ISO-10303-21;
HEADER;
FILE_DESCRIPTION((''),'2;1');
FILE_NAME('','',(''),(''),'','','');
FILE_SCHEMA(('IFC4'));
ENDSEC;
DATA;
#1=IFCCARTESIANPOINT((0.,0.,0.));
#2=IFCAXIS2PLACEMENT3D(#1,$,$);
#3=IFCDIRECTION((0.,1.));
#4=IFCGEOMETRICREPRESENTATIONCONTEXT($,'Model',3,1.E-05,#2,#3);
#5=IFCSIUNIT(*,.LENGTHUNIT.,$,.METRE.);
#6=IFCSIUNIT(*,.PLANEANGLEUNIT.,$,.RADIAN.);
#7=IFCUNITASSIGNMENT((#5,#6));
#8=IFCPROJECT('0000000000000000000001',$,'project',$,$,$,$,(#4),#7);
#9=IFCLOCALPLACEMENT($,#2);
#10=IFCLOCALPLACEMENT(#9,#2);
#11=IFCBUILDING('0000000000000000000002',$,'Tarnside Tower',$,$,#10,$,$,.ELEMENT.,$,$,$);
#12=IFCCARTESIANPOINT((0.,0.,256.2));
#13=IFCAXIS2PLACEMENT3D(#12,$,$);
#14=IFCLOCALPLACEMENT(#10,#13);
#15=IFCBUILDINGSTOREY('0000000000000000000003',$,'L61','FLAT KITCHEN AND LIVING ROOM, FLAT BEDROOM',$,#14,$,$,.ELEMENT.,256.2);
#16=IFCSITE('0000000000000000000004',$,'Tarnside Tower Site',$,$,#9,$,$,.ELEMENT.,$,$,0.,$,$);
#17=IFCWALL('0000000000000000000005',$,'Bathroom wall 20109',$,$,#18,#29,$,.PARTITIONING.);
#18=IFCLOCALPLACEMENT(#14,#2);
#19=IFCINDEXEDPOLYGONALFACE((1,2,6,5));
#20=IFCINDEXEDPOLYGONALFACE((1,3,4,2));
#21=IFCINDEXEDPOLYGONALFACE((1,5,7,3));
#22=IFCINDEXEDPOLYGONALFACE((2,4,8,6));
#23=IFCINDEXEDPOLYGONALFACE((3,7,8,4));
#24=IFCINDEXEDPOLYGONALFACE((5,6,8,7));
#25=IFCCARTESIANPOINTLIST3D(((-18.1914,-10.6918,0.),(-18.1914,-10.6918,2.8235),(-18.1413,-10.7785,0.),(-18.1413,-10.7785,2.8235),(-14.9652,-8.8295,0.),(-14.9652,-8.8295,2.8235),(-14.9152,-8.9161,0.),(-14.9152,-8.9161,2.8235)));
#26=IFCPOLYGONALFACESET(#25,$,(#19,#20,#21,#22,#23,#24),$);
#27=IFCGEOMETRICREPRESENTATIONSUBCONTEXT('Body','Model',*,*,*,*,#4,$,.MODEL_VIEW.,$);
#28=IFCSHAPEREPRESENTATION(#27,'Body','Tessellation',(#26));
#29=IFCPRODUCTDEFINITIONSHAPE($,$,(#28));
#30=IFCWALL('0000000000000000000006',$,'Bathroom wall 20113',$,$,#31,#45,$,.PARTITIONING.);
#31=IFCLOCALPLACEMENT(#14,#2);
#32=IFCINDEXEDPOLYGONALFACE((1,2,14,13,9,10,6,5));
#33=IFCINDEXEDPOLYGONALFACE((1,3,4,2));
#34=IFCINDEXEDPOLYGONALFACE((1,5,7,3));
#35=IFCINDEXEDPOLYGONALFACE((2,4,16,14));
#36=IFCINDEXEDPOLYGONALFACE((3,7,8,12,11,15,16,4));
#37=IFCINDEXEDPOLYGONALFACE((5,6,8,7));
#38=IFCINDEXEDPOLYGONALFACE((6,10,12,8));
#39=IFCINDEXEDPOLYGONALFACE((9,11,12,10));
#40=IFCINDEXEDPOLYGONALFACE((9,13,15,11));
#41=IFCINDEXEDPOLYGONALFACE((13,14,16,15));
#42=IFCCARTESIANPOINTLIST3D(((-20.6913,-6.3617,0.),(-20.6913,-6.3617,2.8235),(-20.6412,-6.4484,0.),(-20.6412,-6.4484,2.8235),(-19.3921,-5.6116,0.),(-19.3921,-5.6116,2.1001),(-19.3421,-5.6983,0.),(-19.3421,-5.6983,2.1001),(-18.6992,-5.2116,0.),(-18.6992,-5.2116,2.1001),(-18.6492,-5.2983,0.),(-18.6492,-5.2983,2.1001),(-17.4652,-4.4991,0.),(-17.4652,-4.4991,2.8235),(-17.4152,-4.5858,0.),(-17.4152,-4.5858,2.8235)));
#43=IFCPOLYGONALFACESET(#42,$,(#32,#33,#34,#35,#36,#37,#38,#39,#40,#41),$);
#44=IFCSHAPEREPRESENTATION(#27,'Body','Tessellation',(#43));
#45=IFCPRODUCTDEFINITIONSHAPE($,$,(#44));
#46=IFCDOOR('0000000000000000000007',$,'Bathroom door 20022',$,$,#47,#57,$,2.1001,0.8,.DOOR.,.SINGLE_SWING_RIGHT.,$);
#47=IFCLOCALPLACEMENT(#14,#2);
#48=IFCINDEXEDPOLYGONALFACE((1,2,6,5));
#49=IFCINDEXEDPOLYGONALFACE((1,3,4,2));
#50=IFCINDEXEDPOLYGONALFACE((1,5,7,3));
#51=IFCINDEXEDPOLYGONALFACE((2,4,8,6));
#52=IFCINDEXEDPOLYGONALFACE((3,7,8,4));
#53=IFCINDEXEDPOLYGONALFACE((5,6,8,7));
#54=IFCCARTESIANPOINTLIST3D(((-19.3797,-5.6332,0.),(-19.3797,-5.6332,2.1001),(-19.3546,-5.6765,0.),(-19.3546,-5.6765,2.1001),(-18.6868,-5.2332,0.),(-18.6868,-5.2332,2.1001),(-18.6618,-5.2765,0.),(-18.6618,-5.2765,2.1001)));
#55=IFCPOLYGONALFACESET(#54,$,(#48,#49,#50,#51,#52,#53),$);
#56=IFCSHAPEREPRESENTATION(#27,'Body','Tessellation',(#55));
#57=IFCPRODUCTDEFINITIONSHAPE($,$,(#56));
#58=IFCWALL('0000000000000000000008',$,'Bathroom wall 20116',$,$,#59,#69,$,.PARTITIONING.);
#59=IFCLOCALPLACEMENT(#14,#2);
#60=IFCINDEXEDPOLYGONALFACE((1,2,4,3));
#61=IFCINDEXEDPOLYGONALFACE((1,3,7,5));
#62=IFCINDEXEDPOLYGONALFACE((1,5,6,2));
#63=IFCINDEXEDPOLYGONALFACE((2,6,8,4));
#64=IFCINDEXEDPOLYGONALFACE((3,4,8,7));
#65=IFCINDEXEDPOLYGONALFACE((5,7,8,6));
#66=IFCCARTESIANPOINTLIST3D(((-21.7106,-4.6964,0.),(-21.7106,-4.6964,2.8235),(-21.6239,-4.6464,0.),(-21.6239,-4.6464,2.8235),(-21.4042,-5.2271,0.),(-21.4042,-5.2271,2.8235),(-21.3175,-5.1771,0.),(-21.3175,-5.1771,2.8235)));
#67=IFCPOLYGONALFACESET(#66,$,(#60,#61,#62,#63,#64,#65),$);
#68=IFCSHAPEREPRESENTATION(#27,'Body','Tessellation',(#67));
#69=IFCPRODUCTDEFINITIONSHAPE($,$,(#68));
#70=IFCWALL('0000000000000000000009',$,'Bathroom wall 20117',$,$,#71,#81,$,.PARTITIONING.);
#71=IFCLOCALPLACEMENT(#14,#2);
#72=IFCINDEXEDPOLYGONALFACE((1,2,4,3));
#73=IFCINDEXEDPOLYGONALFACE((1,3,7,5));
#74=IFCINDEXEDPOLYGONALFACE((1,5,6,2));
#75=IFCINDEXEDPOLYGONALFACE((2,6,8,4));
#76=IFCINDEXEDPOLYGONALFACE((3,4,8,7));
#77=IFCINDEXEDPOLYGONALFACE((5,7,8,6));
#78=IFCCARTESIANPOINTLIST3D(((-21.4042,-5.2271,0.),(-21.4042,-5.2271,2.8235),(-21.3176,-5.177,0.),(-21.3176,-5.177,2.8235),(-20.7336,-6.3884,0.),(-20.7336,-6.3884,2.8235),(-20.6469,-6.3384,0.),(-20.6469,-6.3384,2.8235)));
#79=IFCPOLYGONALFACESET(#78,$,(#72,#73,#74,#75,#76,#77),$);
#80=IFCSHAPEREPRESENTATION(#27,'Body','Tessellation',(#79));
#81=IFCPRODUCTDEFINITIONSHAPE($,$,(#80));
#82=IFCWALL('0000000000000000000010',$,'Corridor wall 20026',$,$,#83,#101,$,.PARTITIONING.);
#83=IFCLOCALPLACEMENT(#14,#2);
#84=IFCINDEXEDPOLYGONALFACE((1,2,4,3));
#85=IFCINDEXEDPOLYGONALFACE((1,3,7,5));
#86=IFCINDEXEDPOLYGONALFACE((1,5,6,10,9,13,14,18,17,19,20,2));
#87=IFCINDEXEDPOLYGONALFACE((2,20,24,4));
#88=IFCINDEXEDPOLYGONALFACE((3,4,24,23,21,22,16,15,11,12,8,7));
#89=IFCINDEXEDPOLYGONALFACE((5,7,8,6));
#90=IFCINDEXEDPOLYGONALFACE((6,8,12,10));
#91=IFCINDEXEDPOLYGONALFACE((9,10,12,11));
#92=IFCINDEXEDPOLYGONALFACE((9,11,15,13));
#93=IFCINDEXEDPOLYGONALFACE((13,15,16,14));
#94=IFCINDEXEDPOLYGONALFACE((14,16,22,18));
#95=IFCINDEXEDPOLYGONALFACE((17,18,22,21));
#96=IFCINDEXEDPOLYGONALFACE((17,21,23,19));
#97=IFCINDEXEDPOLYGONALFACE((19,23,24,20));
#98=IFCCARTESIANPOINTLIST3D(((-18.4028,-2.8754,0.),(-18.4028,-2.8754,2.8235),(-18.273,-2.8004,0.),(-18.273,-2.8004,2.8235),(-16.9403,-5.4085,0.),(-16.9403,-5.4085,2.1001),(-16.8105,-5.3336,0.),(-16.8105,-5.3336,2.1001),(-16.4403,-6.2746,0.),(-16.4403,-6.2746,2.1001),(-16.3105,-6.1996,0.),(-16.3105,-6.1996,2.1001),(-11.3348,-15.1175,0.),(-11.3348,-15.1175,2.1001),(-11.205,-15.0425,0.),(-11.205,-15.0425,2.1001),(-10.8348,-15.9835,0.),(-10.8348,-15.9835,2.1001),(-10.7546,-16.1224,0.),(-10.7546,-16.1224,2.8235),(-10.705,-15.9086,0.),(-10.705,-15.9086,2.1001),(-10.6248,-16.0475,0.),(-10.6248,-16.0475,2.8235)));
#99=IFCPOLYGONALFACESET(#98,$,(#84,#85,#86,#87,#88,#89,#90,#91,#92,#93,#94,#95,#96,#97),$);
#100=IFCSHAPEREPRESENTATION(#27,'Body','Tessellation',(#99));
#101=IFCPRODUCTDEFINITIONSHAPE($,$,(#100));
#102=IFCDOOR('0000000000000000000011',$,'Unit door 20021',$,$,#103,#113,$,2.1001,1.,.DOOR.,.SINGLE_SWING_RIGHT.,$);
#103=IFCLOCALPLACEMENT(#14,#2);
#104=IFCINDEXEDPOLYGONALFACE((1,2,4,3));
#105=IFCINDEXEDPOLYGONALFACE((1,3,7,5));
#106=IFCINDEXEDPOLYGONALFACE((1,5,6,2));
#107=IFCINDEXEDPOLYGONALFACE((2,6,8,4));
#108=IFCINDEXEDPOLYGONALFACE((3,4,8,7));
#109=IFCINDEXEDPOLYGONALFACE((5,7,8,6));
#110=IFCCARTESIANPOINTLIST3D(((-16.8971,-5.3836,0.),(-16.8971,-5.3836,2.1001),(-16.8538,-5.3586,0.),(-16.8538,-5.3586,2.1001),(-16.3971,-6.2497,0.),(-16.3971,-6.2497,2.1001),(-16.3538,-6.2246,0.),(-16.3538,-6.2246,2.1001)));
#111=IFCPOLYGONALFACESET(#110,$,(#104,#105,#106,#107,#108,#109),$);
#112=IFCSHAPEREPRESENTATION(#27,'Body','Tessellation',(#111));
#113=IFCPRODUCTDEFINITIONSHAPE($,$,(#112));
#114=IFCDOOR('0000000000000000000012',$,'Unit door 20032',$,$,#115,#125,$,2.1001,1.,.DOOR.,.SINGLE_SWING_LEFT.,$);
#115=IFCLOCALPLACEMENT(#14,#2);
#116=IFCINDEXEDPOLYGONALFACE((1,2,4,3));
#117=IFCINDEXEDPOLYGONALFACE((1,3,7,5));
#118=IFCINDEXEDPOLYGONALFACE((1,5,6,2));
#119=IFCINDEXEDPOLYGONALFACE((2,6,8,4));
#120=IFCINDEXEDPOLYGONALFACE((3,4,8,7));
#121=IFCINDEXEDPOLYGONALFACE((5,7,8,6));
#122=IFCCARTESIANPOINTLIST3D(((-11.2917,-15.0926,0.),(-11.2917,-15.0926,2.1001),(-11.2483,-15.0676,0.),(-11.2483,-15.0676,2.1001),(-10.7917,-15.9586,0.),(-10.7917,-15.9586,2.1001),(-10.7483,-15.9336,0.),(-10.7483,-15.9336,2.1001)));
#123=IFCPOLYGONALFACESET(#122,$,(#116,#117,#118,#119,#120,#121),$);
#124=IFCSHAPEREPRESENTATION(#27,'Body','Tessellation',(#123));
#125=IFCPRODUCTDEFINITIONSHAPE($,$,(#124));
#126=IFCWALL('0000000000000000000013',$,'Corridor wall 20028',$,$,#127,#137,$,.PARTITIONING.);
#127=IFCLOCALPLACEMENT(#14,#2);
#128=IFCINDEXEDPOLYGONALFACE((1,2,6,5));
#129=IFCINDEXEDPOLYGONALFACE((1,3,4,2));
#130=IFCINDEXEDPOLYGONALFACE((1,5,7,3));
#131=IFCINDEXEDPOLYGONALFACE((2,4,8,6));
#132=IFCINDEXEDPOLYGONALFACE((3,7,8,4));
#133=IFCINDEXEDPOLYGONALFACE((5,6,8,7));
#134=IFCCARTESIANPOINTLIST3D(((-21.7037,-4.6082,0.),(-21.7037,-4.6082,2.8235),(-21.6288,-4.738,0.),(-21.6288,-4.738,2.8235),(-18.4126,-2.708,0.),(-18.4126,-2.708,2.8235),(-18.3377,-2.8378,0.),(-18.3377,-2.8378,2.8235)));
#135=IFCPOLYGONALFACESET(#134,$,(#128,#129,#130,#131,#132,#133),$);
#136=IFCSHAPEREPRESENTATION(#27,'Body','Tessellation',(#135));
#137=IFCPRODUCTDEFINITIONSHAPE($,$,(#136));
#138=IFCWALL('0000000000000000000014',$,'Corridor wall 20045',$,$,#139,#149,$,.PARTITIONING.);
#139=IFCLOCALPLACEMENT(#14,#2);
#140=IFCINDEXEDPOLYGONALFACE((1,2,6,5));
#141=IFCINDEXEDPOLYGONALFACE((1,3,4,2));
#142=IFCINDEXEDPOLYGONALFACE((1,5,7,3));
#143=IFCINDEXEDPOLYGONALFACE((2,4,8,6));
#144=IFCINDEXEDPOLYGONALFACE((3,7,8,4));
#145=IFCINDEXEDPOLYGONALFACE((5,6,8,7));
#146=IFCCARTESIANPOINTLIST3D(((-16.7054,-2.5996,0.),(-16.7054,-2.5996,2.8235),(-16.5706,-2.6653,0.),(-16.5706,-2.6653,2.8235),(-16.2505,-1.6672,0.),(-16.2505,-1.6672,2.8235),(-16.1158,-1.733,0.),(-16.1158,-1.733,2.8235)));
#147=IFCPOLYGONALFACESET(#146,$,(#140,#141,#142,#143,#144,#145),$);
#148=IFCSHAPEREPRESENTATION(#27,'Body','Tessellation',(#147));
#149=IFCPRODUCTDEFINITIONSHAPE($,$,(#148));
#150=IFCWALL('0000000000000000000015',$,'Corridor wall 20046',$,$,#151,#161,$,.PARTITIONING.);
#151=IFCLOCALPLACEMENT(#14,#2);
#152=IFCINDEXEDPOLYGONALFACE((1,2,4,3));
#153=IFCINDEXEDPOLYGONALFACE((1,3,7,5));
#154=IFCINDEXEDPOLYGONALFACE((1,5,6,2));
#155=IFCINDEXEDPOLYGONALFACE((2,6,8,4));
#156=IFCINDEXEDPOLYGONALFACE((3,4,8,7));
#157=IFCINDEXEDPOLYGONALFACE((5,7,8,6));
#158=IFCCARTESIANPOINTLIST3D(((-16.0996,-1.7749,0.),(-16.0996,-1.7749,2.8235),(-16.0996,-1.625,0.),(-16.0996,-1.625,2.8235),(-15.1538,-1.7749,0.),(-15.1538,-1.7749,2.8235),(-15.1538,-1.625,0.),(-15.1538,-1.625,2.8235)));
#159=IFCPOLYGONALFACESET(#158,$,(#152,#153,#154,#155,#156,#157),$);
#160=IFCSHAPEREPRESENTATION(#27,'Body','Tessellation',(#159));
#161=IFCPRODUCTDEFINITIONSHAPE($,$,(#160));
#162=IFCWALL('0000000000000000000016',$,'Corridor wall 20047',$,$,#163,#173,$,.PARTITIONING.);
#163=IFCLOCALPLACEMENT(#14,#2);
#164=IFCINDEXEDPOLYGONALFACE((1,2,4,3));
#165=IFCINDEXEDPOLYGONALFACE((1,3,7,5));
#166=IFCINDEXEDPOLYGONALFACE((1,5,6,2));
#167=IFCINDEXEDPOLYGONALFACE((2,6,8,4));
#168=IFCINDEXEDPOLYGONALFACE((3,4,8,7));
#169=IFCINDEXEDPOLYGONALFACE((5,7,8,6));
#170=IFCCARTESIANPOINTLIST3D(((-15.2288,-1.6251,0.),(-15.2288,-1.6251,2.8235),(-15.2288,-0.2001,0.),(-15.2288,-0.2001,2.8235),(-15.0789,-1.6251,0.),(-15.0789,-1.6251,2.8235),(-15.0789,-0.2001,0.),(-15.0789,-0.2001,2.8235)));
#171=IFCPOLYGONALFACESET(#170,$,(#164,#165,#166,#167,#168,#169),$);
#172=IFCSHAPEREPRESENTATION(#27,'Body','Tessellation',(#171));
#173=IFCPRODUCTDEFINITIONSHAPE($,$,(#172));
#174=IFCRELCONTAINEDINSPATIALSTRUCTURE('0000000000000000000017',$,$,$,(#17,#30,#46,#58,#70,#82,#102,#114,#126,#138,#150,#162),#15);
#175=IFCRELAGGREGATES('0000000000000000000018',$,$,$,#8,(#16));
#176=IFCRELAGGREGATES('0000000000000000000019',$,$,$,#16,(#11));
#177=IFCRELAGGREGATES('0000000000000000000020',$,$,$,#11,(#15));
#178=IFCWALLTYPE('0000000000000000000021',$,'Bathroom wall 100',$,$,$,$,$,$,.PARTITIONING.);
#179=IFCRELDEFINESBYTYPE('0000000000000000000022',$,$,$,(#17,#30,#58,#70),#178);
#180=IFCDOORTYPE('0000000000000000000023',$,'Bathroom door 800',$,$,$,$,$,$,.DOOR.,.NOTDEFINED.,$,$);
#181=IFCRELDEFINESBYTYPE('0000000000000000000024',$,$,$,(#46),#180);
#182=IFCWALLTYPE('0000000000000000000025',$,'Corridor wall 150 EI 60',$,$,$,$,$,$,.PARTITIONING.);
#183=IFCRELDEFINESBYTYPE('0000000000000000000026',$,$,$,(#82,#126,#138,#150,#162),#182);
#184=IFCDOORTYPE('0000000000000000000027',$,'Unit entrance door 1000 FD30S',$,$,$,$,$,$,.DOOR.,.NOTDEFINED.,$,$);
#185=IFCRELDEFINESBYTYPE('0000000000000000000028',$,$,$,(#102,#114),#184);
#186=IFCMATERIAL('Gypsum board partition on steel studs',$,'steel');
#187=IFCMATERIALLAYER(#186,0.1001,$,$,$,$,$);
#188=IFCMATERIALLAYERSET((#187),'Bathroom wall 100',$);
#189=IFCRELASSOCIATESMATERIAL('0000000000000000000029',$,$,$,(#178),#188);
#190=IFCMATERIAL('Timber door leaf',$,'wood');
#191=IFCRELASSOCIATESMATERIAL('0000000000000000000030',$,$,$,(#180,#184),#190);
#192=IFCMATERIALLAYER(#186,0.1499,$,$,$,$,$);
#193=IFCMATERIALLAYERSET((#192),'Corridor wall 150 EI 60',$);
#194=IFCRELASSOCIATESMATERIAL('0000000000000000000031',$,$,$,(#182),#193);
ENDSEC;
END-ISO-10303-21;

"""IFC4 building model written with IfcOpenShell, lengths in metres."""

from ifc_helpers import new_model, si_unit, direction, frame, frame_2d, origin, place, context, subcontext, project, spatial, rectangle, extrude, material, layer, layer_set, type_object, element, fill, save


model = new_model("IFC4")

# Units and contexts
model_context = context("Model", 3, precision=1e-05, world=origin(), true_north=direction((0.0, 1.0)))
body_context = subcontext(model_context, "Body", "Model", "MODEL_VIEW")
ifc_project = project(units=[si_unit("LENGTHUNIT", "METRE"), si_unit("PLANEANGLEUNIT", "RADIAN")], contexts=[model_context])

# Site, building, storey
site_placement = place(None, origin())
site = spatial("IfcSite", under=ifc_project, at=site_placement, Name="Tarnside Tower Site", CompositionType="ELEMENT", RefElevation=0.0)
building_placement = place(site_placement, origin())
building = spatial("IfcBuilding", under=site, at=building_placement, Name="Tarnside Tower", CompositionType="ELEMENT")
storey_placement = place(building_placement, frame((0.0, 0.0, 256.2)))
storey = spatial("IfcBuildingStorey", under=building, at=storey_placement, Name="L61", Description="FLAT KITCHEN AND LIVING ROOM, FLAT BEDROOM", CompositionType="ELEMENT", Elevation=256.2)

# Wall
ifc_material_1 = material(Name="Gypsum board partition on steel studs", Category="steel")
ifc_layer_1 = layer(ifc_material_1, 0.1001)
ifc_layer_set_1 = layer_set([ifc_layer_1], Name="Bathroom wall 100")
wall_type_1 = type_object("IfcWallType", Name="Bathroom wall 100", PredefinedType="PARTITIONING", material=ifc_layer_set_1)
wall_1_placement = place(storey_placement, frame((-14.9402, -8.8728, 0.0), z_axis=(0.0, 0.0, 1.0), x_axis=(-0.866057, -0.499946, 0.0)))
element("IfcWall", 1, at=wall_1_placement, inside=storey, type_object=wall_type_1, Name="Bathroom wall 20109", PredefinedType="PARTITIONING", context=body_context, shape_type="SweptSolid", body=[
    extrude(rectangle(XDim=3.7251, YDim=0.1001, at=frame_2d((1.8625, 0.0))), origin(), (0.0, 0.0, 1.0), 2.8235),
])

# Wall, opening, door
wall_2_placement = place(storey_placement, frame((-17.4402, -4.5425, 0.0), z_axis=(0.0, 0.0, 1.0), x_axis=(-0.866028, -0.499995, 0.0)))
wall_2 = element("IfcWall", 2, at=wall_2_placement, inside=storey, type_object=wall_type_1, Name="Bathroom wall 20113", PredefinedType="PARTITIONING", context=body_context, shape_type="SweptSolid", body=[
    extrude(rectangle(XDim=3.7251, YDim=0.1001, at=frame_2d((1.8625, 0.0))), origin(), (0.0, 0.0, 1.0), 2.8235),
])
opening_1_placement = place(wall_2_placement, frame((1.425, 0.0, 0.0)))
opening_1 = element("IfcOpeningElement", 3, at=opening_1_placement, cuts=wall_2, PredefinedType="OPENING", context=body_context, shape_type="SweptSolid", body=[
    extrude(rectangle(XDim=0.8, YDim=2.1001, at=frame_2d((0.3999, 1.05))), frame((0.0, 0.0601, 0.0), z_axis=(0.0, -1.0, 0.0), x_axis=(1.0, 0.0, 0.0)), (0.0, 0.0, 1.0), 0.1201),
])
ifc_material_2 = material(Name="Timber door leaf", Category="wood")
door_type_1 = type_object("IfcDoorType", Name="Bathroom door 800", OperationType="NOTDEFINED", PredefinedType="DOOR", material=ifc_material_2)
door_1_placement = place(opening_1_placement, origin())
door_1 = element("IfcDoor", 4, at=door_1_placement, inside=storey, type_object=door_type_1, Name="Bathroom door 20022", OperationType="SINGLE_SWING_RIGHT", OverallHeight=2.1001, OverallWidth=0.8, PredefinedType="DOOR", context=body_context, shape_type="SweptSolid", body=[
    extrude(rectangle(XDim=0.8, YDim=2.1001, at=frame_2d((0.3999, 1.05))), frame((0.0, 0.0249, 0.0), z_axis=(0.0, -1.0, 0.0), x_axis=(1.0, 0.0, 0.0)), (0.0, 0.0, 1.0), 0.05),
])
fill(opening_1, door_1)

# Walls
wall_3_placement = place(storey_placement, frame((-21.6672, -4.6714, 0.0), z_axis=(0.0, 0.0, 1.0), x_axis=(0.499952, -0.866053, 0.0)))
element("IfcWall", 5, at=wall_3_placement, inside=storey, type_object=wall_type_1, Name="Bathroom wall 20116", PredefinedType="PARTITIONING", context=body_context, shape_type="SweptSolid", body=[
    extrude(rectangle(XDim=0.6128, YDim=0.1001, at=frame_2d((0.3064, 0.0))), origin(), (0.0, 0.0, 1.0), 2.8235),
])
wall_4_placement = place(storey_placement, frame((-21.3608, -5.2021, 0.0), z_axis=(0.0, 0.0, 1.0), x_axis=(0.500074, -0.865982, 0.0)))
element("IfcWall", 6, at=wall_4_placement, inside=storey, type_object=wall_type_1, Name="Bathroom wall 20117", PredefinedType="PARTITIONING", context=body_context, shape_type="SweptSolid", body=[
    extrude(rectangle(XDim=1.3411, YDim=0.1001, at=frame_2d((0.6704, 0.0))), origin(), (0.0, 0.0, 1.0), 2.8235),
])

# Wall, openings, doors
ifc_layer_2 = layer(ifc_material_1, 0.1499)
ifc_layer_set_2 = layer_set([ifc_layer_2], Name="Corridor wall 150 EI 60")
wall_type_2 = type_object("IfcWallType", Name="Corridor wall 150 EI 60", PredefinedType="PARTITIONING", material=ifc_layer_set_2)
wall_5_placement = place(storey_placement, frame((-18.3379, -2.8379, 0.0), z_axis=(0.0, 0.0, 1.0), x_axis=(0.5, -0.866026, 0.0)))
wall_5 = element("IfcWall", 7, at=wall_5_placement, inside=storey, type_object=wall_type_2, Name="Corridor wall 20026", PredefinedType="PARTITIONING", context=body_context, shape_type="SweptSolid", body=[
    extrude(rectangle(XDim=15.2964, YDim=0.1499, at=frame_2d((7.6482, 0.0))), origin(), (0.0, 0.0, 1.0), 2.8235),
])
opening_2_placement = place(wall_5_placement, frame((2.925, 0.0, 0.0)))
opening_2 = element("IfcOpeningElement", 8, at=opening_2_placement, cuts=wall_5, PredefinedType="OPENING", context=body_context, shape_type="SweptSolid", body=[
    extrude(rectangle(XDim=1.0, YDim=2.1001, at=frame_2d((0.5, 1.05))), frame((0.0, 0.085, 0.0), z_axis=(0.0, -1.0, 0.0), x_axis=(1.0, 0.0, 0.0)), (0.0, 0.0, 1.0), 0.1699),
])
opening_3_placement = place(wall_5_placement, frame((14.136, 0.0, 0.0)))
opening_3 = element("IfcOpeningElement", 9, at=opening_3_placement, cuts=wall_5, PredefinedType="OPENING", context=body_context, shape_type="SweptSolid", body=[
    extrude(rectangle(XDim=1.0, YDim=2.1001, at=frame_2d((0.5, 1.05))), frame((0.0, 0.085, 0.0), z_axis=(0.0, -1.0, 0.0), x_axis=(1.0, 0.0, 0.0)), (0.0, 0.0, 1.0), 0.1699),
])
door_type_2 = type_object("IfcDoorType", Name="Unit entrance door 1000 FD30S", OperationType="NOTDEFINED", PredefinedType="DOOR", material=ifc_material_2)
door_2_placement = place(opening_2_placement, origin())
door_2 = element("IfcDoor", 10, at=door_2_placement, inside=storey, type_object=door_type_2, Name="Unit door 20021", OperationType="SINGLE_SWING_RIGHT", OverallHeight=2.1001, OverallWidth=1.0, PredefinedType="DOOR", context=body_context, shape_type="SweptSolid", body=[
    extrude(rectangle(XDim=1.0, YDim=2.1001, at=frame_2d((0.5, 1.05))), frame((0.0, 0.0249, 0.0), z_axis=(0.0, -1.0, 0.0), x_axis=(1.0, 0.0, 0.0)), (0.0, 0.0, 1.0), 0.05),
])
fill(opening_2, door_2)
door_3_placement = place(opening_3_placement, origin())
door_3 = element("IfcDoor", 11, at=door_3_placement, inside=storey, type_object=door_type_2, Name="Unit door 20032", OperationType="SINGLE_SWING_LEFT", OverallHeight=2.1001, OverallWidth=1.0, PredefinedType="DOOR", context=body_context, shape_type="SweptSolid", body=[
    extrude(rectangle(XDim=1.0, YDim=2.1001, at=frame_2d((0.5, 1.05))), frame((0.0, 0.0249, 0.0), z_axis=(0.0, -1.0, 0.0), x_axis=(1.0, 0.0, 0.0)), (0.0, 0.0, 1.0), 0.05),
])
fill(opening_3, door_3)

# Walls
wall_6_placement = place(storey_placement, frame((-21.6663, -4.6731, 0.0), z_axis=(0.0, 0.0, 1.0), x_axis=(0.866017, 0.500015, 0.0)))
element("IfcWall", 12, at=wall_6_placement, inside=storey, type_object=wall_type_2, Name="Corridor wall 20028", PredefinedType="PARTITIONING", context=body_context, shape_type="SweptSolid", body=[
    extrude(rectangle(XDim=3.8003, YDim=0.1499, at=frame_2d((1.9001, 0.0))), origin(), (0.0, 0.0, 1.0), 2.8235),
])
wall_7_placement = place(storey_placement, frame((-16.6379, -2.6323, 0.0), z_axis=(0.0, 0.0, 1.0), x_axis=(0.438438, 0.898762, 0.0)))
element("IfcWall", 13, at=wall_7_placement, inside=storey, type_object=wall_type_2, Name="Corridor wall 20045", PredefinedType="PARTITIONING", context=body_context, shape_type="SweptSolid", body=[
    extrude(rectangle(XDim=1.0374, YDim=0.1499, at=frame_2d((0.5186, 0.0))), origin(), (0.0, 0.0, 1.0), 2.8235),
])
wall_8_placement = place(storey_placement, frame((-16.0996, -1.7, 0.0), z_axis=(0.0, 0.0, 1.0), x_axis=(1.0, 0.0, 0.0)))
element("IfcWall", 14, at=wall_8_placement, inside=storey, type_object=wall_type_2, Name="Corridor wall 20046", PredefinedType="PARTITIONING", context=body_context, shape_type="SweptSolid", body=[
    extrude(rectangle(XDim=0.9458, YDim=0.1499, at=frame_2d((0.4729, 0.0))), origin(), (0.0, 0.0, 1.0), 2.8235),
])
wall_9_placement = place(storey_placement, frame((-15.1538, -1.625, 0.0), z_axis=(0.0, 0.0, 1.0), x_axis=(0.0, 1.0, 0.0)))
element("IfcWall", 15, at=wall_9_placement, inside=storey, type_object=wall_type_2, Name="Corridor wall 20047", PredefinedType="PARTITIONING", context=body_context, shape_type="SweptSolid", body=[
    extrude(rectangle(XDim=1.425, YDim=0.1499, at=frame_2d((0.7124, 0.0))), origin(), (0.0, 0.0, 1.0), 2.8235),
])

save(model, "model.ifc")
